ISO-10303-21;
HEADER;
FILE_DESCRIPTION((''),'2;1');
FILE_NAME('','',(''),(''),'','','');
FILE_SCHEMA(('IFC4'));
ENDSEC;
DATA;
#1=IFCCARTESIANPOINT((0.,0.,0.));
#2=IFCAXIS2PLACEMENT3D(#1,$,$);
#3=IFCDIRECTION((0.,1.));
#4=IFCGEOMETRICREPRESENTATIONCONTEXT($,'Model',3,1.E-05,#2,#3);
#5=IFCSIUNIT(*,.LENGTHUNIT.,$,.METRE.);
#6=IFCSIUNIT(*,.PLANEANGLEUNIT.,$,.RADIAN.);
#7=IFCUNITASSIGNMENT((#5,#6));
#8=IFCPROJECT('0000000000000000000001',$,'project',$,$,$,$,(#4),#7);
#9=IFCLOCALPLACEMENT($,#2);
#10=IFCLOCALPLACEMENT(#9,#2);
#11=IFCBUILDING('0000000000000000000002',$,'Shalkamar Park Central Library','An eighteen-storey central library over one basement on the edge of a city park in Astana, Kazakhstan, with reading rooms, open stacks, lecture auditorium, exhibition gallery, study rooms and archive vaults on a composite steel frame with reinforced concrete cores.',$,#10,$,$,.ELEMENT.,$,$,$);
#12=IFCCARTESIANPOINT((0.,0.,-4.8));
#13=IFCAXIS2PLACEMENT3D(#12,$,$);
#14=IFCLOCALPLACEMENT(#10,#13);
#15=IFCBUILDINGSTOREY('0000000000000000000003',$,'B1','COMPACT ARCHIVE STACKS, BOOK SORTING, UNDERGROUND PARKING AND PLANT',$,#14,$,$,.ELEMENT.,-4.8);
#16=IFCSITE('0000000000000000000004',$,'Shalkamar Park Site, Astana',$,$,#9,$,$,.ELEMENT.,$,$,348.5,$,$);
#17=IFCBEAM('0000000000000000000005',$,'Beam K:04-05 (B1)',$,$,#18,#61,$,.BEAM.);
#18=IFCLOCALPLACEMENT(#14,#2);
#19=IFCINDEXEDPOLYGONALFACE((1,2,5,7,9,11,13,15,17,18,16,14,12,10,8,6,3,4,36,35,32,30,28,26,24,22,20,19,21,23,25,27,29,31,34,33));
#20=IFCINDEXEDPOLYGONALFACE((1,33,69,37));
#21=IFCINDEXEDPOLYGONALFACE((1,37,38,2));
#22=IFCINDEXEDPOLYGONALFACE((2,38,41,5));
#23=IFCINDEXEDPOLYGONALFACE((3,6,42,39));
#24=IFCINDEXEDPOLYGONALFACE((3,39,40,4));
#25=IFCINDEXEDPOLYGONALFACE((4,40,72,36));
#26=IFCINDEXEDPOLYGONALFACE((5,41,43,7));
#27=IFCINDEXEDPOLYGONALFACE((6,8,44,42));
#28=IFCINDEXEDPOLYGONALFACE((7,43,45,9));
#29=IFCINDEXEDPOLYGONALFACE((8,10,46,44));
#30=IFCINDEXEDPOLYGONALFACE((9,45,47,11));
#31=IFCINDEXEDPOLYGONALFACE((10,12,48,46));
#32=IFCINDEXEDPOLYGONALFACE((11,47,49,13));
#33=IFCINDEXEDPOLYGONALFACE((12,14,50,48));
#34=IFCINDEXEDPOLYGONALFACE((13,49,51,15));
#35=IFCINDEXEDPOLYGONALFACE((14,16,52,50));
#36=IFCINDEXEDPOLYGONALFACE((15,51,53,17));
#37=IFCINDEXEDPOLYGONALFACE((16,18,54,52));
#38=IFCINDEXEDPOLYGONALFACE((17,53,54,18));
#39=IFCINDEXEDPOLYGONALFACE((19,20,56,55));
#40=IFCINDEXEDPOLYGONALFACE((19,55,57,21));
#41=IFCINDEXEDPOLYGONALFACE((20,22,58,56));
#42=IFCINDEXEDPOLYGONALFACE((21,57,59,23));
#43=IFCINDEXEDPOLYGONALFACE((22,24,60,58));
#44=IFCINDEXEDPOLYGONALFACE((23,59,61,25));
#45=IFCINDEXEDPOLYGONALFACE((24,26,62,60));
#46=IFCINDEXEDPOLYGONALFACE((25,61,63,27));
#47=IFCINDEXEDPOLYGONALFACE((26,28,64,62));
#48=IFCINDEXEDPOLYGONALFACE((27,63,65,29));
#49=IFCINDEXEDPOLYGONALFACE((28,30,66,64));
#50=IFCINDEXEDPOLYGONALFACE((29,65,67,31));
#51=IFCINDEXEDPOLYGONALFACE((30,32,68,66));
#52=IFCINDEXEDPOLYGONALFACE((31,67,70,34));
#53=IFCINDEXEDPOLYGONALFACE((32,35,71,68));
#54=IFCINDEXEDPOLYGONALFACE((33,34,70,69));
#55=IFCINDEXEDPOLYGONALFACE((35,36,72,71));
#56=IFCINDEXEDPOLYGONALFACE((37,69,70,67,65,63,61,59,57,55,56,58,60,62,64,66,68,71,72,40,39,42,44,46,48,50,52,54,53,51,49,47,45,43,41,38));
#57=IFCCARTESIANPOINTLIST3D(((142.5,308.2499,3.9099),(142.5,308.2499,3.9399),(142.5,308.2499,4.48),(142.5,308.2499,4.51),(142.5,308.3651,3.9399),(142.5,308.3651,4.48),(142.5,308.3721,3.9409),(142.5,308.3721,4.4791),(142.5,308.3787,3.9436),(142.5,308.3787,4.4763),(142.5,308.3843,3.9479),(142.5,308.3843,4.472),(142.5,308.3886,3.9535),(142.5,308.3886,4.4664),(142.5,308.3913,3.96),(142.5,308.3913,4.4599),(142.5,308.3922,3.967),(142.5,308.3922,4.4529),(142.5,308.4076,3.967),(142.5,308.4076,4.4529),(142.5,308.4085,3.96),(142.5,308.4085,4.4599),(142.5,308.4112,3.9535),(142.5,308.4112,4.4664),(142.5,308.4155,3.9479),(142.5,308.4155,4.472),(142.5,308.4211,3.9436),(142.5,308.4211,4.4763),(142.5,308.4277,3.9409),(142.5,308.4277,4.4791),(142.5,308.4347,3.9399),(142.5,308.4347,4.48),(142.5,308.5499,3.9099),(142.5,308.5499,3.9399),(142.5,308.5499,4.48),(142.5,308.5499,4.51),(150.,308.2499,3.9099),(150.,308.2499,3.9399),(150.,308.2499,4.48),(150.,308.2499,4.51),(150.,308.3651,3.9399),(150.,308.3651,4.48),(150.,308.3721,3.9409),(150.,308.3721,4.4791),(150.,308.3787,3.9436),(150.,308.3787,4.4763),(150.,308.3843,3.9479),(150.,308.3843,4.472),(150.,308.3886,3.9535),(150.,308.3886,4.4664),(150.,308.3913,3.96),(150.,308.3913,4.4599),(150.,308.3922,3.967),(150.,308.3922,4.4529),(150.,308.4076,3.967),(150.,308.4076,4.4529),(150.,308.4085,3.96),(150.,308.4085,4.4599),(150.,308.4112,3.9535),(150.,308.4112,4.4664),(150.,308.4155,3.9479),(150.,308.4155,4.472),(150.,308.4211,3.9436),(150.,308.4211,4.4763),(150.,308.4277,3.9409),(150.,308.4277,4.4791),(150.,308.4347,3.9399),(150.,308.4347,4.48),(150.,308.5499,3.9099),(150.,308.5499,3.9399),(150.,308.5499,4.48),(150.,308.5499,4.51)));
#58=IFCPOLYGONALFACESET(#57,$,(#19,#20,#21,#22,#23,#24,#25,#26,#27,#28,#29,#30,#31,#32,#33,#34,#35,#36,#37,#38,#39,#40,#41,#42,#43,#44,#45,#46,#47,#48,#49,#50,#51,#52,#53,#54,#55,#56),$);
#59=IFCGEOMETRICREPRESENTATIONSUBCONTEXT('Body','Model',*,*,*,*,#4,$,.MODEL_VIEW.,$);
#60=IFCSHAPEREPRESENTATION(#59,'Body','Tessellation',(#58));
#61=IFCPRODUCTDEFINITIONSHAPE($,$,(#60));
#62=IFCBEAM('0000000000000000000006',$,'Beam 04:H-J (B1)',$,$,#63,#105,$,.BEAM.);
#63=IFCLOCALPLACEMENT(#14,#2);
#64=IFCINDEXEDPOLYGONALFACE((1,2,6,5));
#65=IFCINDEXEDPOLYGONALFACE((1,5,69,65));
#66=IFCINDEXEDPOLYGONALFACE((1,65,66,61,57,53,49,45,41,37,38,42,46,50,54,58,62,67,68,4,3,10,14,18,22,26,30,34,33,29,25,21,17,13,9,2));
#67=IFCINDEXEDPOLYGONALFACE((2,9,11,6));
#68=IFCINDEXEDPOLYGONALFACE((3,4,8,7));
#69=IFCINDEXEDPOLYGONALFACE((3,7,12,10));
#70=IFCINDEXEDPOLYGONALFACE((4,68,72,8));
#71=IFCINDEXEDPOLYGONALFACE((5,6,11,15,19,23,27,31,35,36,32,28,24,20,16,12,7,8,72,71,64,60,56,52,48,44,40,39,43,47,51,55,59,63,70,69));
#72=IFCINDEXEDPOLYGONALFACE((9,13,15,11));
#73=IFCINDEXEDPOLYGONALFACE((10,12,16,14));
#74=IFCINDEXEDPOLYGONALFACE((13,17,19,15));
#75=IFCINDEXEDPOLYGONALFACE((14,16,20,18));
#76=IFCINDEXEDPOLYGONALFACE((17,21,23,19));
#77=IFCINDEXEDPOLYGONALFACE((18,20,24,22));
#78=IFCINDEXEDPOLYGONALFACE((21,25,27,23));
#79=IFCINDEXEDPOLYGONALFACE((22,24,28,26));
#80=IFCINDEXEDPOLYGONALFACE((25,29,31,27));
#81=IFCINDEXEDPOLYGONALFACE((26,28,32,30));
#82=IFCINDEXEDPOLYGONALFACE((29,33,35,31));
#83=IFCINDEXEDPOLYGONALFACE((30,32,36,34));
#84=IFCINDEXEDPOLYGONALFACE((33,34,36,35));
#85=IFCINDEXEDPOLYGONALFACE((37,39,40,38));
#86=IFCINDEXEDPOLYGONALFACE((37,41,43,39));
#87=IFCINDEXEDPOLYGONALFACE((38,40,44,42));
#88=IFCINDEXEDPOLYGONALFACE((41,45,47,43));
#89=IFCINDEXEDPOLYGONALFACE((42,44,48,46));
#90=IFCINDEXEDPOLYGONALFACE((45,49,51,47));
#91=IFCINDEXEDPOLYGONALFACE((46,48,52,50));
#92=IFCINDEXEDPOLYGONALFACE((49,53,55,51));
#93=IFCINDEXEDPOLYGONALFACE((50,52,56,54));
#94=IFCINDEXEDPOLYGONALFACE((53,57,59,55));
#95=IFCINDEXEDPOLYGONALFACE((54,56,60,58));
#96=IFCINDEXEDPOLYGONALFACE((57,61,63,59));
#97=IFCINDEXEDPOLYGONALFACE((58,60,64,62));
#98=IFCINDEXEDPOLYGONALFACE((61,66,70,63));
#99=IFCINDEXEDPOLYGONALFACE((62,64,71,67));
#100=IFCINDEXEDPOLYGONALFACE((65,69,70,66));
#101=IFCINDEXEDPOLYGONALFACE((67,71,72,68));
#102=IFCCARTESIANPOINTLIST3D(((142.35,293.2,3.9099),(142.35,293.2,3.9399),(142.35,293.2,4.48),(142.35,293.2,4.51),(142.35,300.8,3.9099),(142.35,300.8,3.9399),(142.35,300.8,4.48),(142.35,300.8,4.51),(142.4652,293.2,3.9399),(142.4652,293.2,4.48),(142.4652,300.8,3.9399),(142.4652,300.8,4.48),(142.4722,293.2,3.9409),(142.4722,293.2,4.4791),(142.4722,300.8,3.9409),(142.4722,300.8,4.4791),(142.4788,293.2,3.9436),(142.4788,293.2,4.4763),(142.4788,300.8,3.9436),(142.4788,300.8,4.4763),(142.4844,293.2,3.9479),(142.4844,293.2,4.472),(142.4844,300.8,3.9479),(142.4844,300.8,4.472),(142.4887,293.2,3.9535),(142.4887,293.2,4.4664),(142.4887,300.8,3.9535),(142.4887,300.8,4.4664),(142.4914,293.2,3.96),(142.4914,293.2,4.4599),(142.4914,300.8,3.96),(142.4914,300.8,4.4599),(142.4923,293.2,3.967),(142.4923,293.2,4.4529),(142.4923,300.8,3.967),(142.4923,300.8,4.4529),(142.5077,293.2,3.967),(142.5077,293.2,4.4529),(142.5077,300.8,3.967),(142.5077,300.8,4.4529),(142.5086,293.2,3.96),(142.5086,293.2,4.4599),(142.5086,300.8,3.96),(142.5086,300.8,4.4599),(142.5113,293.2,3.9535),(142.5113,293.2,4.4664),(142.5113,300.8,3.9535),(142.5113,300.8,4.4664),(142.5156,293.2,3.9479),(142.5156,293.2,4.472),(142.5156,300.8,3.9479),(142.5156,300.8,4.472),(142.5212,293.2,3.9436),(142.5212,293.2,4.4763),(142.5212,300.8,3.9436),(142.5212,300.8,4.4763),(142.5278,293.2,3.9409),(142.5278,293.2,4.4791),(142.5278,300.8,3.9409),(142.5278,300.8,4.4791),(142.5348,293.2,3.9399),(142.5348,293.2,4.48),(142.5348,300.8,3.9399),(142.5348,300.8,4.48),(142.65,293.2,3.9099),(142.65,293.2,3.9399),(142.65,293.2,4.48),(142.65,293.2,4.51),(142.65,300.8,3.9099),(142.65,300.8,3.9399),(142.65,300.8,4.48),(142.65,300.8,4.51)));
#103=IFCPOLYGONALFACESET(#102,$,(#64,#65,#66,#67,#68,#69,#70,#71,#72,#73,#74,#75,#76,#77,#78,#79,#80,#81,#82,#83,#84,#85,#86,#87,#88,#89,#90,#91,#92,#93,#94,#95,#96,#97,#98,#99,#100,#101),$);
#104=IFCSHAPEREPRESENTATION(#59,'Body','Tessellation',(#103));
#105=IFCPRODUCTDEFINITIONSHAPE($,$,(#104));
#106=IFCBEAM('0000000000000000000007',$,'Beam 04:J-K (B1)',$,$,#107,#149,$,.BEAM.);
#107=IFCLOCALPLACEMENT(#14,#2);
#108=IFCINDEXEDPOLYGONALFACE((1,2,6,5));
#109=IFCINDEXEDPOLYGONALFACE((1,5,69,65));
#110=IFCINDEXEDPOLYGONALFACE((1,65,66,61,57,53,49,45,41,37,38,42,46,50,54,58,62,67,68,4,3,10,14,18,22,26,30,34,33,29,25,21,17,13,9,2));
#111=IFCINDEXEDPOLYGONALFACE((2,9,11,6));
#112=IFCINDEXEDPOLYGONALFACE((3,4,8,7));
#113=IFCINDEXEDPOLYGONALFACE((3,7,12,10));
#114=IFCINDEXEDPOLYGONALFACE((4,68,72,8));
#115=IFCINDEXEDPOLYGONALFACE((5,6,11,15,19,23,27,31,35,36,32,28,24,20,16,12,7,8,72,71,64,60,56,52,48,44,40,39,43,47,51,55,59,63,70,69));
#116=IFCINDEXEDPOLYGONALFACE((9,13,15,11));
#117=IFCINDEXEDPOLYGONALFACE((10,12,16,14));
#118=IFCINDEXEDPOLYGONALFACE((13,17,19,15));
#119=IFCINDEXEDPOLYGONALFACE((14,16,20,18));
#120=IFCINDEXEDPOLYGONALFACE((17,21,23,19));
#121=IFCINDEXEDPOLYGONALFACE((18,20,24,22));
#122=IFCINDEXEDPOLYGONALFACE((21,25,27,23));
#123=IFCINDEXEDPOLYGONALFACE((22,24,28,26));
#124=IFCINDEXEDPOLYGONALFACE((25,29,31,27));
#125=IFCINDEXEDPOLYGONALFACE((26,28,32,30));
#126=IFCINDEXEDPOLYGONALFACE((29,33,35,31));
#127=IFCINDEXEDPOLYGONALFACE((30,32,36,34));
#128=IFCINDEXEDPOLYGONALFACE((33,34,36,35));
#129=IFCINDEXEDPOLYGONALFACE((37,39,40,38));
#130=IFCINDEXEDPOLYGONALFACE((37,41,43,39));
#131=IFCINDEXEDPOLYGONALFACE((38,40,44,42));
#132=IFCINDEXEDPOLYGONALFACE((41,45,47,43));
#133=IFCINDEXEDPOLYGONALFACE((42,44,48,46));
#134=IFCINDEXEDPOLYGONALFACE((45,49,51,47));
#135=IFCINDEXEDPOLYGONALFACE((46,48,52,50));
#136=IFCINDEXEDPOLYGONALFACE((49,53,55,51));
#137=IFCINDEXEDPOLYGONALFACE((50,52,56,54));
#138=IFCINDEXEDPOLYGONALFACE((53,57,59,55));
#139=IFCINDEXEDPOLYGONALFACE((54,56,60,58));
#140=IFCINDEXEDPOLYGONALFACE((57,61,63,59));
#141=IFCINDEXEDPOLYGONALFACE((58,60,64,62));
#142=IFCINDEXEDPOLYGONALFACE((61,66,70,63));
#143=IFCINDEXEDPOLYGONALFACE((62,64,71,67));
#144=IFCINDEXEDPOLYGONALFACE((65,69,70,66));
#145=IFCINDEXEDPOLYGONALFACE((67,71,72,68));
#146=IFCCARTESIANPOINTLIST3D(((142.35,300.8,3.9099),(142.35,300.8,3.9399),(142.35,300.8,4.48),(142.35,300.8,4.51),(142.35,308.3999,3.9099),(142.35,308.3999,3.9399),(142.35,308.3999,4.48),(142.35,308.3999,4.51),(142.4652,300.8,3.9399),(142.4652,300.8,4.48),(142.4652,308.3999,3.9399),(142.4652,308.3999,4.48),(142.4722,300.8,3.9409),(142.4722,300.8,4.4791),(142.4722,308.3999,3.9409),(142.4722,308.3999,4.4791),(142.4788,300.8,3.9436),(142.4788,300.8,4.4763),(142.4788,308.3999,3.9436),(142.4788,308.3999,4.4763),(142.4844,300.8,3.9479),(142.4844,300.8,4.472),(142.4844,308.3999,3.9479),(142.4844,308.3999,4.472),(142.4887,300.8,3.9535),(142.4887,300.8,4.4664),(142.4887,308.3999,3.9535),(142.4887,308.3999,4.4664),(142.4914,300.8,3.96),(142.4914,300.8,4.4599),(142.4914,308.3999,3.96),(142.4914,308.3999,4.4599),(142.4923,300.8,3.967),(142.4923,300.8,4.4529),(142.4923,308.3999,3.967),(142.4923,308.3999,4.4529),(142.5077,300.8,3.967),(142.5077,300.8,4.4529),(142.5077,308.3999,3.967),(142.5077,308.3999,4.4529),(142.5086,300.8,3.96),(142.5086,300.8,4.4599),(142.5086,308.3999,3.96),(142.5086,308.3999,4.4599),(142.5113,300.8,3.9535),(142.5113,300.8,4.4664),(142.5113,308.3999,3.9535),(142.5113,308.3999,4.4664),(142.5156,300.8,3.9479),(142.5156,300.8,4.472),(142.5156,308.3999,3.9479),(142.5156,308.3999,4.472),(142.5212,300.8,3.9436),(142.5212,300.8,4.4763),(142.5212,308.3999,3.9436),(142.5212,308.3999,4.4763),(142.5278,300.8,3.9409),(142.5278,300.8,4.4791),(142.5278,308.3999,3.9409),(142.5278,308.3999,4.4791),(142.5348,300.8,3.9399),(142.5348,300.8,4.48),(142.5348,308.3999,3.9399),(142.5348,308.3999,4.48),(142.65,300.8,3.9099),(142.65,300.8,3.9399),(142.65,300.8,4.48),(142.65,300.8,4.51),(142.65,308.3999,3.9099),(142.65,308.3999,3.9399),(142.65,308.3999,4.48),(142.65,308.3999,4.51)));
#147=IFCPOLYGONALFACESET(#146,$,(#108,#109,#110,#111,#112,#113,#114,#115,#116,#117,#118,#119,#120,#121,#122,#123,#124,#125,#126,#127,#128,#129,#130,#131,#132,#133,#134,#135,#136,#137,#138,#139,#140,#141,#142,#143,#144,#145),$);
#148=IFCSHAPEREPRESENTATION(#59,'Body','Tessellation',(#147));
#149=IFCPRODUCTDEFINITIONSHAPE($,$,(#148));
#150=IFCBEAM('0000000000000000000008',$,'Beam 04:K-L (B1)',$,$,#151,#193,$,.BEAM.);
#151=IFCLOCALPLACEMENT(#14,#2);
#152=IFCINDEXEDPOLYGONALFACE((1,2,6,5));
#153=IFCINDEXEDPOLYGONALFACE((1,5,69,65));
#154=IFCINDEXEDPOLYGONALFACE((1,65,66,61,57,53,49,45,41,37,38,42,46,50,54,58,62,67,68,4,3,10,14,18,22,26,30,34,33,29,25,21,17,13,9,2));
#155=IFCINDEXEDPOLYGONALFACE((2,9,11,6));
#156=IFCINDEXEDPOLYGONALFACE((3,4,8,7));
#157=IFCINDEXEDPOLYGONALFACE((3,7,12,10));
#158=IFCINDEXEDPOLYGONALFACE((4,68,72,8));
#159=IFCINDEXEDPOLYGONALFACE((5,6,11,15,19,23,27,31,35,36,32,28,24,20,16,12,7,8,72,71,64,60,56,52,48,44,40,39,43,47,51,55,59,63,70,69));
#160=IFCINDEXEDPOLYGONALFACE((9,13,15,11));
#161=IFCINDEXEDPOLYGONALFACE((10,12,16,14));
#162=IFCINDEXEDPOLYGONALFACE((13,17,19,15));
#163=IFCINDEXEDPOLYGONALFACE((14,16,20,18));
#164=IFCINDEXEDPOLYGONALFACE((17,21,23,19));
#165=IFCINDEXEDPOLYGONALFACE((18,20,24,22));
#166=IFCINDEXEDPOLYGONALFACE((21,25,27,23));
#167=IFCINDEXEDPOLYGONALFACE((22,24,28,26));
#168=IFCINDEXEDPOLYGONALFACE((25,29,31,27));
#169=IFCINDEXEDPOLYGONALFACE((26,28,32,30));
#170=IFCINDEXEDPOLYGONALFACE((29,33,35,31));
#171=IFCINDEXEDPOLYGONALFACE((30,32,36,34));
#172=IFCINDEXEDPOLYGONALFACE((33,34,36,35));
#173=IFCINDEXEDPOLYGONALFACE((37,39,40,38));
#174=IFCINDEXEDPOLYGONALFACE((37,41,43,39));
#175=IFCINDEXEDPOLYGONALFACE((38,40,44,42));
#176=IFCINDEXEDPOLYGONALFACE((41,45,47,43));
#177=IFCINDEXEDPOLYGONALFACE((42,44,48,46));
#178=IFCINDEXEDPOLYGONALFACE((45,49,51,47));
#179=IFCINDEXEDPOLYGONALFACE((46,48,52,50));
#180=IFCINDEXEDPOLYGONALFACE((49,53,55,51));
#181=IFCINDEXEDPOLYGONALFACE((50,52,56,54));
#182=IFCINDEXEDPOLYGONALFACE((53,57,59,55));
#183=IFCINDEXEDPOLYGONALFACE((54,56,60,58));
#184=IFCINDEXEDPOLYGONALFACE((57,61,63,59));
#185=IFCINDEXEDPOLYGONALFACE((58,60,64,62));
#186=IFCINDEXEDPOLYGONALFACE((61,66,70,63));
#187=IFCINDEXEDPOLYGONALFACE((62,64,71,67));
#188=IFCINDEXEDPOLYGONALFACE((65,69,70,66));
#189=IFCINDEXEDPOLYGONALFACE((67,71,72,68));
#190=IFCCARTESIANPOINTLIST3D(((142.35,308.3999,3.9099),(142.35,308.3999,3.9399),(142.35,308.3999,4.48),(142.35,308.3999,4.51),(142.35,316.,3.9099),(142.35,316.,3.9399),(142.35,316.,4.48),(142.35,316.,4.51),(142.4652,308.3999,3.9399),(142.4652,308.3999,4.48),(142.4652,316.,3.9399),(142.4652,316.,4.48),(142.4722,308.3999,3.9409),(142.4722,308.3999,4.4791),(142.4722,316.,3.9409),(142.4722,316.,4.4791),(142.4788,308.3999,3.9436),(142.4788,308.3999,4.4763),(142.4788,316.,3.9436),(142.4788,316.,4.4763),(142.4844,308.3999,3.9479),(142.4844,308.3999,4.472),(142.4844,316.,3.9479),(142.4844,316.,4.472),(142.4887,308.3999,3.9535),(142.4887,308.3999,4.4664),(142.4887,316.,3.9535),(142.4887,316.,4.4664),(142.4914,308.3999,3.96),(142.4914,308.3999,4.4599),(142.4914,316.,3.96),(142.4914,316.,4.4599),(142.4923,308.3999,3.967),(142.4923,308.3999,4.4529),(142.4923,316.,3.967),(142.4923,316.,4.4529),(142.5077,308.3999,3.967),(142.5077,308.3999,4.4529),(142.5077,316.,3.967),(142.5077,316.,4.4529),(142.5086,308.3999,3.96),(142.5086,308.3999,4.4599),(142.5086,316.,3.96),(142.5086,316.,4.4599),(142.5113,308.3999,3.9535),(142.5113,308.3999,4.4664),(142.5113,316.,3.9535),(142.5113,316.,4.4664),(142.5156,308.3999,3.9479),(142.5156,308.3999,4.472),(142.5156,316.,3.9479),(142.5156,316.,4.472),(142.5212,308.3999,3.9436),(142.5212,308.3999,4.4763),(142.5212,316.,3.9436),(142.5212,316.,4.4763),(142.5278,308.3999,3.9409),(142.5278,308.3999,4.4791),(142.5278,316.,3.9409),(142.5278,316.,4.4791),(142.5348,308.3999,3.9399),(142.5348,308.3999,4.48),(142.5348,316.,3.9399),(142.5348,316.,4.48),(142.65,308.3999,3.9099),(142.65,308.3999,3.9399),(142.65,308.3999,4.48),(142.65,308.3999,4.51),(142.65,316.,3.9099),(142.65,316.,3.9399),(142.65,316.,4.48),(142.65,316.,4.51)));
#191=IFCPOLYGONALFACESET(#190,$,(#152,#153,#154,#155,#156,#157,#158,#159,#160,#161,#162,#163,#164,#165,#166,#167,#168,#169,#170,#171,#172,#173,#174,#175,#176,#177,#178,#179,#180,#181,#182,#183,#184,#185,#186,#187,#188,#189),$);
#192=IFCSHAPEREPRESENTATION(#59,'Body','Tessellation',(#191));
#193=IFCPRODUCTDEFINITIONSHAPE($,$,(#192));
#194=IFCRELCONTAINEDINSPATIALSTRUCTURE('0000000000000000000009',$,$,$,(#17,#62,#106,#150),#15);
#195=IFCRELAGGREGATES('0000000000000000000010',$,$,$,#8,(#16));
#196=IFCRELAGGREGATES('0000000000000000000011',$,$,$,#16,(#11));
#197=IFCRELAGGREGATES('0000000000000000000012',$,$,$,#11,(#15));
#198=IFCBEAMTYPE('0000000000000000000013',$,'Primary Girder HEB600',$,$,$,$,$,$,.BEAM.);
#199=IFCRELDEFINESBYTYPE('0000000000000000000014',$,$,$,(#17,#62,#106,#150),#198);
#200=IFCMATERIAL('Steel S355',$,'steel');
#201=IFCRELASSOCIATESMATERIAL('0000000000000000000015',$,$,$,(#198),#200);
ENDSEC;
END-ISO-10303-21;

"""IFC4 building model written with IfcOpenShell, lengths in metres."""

from ifc_helpers import new_model, si_unit, direction, frame, origin, origin_2d, place, context, subcontext, project, spatial, i_section, extrude, material, material_profile, profile_set, type_object, element, save


model = new_model("IFC4")

# Units and contexts
model_context = context("Model", 3, precision=1e-05, world=origin(), true_north=direction((0.0, 1.0)))
body_context = subcontext(model_context, "Body", "Model", "MODEL_VIEW")
ifc_project = project(units=[si_unit("LENGTHUNIT", "METRE"), si_unit("PLANEANGLEUNIT", "RADIAN")], contexts=[model_context])

# Site, building, storey
site_placement = place(None, origin())
site = spatial("IfcSite", under=ifc_project, at=site_placement, Name="Shalkamar Park Site, Astana", CompositionType="ELEMENT", RefElevation=348.5)
building_placement = place(site_placement, origin())
building = spatial("IfcBuilding", under=site, at=building_placement, Name="Shalkamar Park Central Library", Description="An eighteen-storey central library over one basement on the edge of a city park in Astana, Kazakhstan, with reading rooms, open stacks, lecture auditorium, exhibition gallery, study rooms and archive vaults on a composite steel frame with reinforced concrete cores.", CompositionType="ELEMENT")
storey_placement = place(building_placement, frame((0.0, 0.0, -4.8)))
storey = spatial("IfcBuildingStorey", under=building, at=storey_placement, Name="B1", Description="COMPACT ARCHIVE STACKS, BOOK SORTING, UNDERGROUND PARKING AND PLANT", CompositionType="ELEMENT", Elevation=-4.8)

# Shared definitions
ifc_material_1 = material(Name="Steel S355", Category="steel")

# Beams
ifc_material_profile_1 = material_profile(ifc_material_1, i_section(OverallWidth=0.3, OverallDepth=0.6001, WebThickness=0.0154, FlangeThickness=0.03, FilletRadius=0.0271, at=origin_2d()), Name="HEB 600")
ifc_profile_set_1 = profile_set([ifc_material_profile_1], Name="Steel S355")
beam_type = type_object("IfcBeamType", Name="Primary Girder HEB600", PredefinedType="BEAM", material=ifc_profile_set_1)
for number, where, z_axis, x_axis, name in (
    (1, (142.5, 308.3999, 4.21), (1.0, 0.0, 0.0), (0.0, 1.0, 0.0), "Beam K:04-05 (B1)"),
):
    element("IfcBeam", number, at=place(storey_placement, frame(where, z_axis=z_axis, x_axis=x_axis)), inside=storey, type_object=beam_type, Name=name, PredefinedType="BEAM", context=body_context, shape_type="SweptSolid", body=[
        extrude(i_section(OverallWidth=0.3, OverallDepth=0.6001, WebThickness=0.0154, FlangeThickness=0.03, FilletRadius=0.0271, at=origin_2d()), origin(), (0.0, 0.0, 1.0), 7.5),
    ])
beam_1_placement = place(storey_placement, frame((142.5, 293.2, 4.21), z_axis=(0.0, 1.0, 0.0), x_axis=(-1.0, 0.0, 0.0)))
element("IfcBeam", 2, at=beam_1_placement, inside=storey, type_object=beam_type, Name="Beam 04:H-J (B1)", PredefinedType="BEAM", context=body_context, shape_type="SweptSolid", body=[
    extrude(i_section(OverallWidth=0.3, OverallDepth=0.6001, WebThickness=0.0154, FlangeThickness=0.03, FilletRadius=0.0271, at=origin_2d()), origin(), (0.0, 0.0, 1.0), 7.6001),
])
beam_2_placement = place(storey_placement, frame((142.5, 300.8, 4.21), z_axis=(0.0, 1.0, 0.0), x_axis=(-1.0, 0.0, 0.0)))
element("IfcBeam", 3, at=beam_2_placement, inside=storey, type_object=beam_type, Name="Beam 04:J-K (B1)", PredefinedType="BEAM", context=body_context, shape_type="SweptSolid", body=[
    extrude(i_section(OverallWidth=0.3, OverallDepth=0.6001, WebThickness=0.0154, FlangeThickness=0.03, FilletRadius=0.0271, at=origin_2d()), origin(), (0.0, 0.0, 1.0), 7.5999),
])
for number, where, z_axis, x_axis, name in (
    (4, (142.5, 308.3999, 4.21), (0.0, 1.0, 0.0), (-1.0, 0.0, 0.0), "Beam 04:K-L (B1)"),
):
    element("IfcBeam", number, at=place(storey_placement, frame(where, z_axis=z_axis, x_axis=x_axis)), inside=storey, type_object=beam_type, Name=name, PredefinedType="BEAM", context=body_context, shape_type="SweptSolid", body=[
        extrude(i_section(OverallWidth=0.3, OverallDepth=0.6001, WebThickness=0.0154, FlangeThickness=0.03, FilletRadius=0.0271, at=origin_2d()), origin(), (0.0, 0.0, 1.0), 7.6001),
    ])

save(model, "model.ifc")
